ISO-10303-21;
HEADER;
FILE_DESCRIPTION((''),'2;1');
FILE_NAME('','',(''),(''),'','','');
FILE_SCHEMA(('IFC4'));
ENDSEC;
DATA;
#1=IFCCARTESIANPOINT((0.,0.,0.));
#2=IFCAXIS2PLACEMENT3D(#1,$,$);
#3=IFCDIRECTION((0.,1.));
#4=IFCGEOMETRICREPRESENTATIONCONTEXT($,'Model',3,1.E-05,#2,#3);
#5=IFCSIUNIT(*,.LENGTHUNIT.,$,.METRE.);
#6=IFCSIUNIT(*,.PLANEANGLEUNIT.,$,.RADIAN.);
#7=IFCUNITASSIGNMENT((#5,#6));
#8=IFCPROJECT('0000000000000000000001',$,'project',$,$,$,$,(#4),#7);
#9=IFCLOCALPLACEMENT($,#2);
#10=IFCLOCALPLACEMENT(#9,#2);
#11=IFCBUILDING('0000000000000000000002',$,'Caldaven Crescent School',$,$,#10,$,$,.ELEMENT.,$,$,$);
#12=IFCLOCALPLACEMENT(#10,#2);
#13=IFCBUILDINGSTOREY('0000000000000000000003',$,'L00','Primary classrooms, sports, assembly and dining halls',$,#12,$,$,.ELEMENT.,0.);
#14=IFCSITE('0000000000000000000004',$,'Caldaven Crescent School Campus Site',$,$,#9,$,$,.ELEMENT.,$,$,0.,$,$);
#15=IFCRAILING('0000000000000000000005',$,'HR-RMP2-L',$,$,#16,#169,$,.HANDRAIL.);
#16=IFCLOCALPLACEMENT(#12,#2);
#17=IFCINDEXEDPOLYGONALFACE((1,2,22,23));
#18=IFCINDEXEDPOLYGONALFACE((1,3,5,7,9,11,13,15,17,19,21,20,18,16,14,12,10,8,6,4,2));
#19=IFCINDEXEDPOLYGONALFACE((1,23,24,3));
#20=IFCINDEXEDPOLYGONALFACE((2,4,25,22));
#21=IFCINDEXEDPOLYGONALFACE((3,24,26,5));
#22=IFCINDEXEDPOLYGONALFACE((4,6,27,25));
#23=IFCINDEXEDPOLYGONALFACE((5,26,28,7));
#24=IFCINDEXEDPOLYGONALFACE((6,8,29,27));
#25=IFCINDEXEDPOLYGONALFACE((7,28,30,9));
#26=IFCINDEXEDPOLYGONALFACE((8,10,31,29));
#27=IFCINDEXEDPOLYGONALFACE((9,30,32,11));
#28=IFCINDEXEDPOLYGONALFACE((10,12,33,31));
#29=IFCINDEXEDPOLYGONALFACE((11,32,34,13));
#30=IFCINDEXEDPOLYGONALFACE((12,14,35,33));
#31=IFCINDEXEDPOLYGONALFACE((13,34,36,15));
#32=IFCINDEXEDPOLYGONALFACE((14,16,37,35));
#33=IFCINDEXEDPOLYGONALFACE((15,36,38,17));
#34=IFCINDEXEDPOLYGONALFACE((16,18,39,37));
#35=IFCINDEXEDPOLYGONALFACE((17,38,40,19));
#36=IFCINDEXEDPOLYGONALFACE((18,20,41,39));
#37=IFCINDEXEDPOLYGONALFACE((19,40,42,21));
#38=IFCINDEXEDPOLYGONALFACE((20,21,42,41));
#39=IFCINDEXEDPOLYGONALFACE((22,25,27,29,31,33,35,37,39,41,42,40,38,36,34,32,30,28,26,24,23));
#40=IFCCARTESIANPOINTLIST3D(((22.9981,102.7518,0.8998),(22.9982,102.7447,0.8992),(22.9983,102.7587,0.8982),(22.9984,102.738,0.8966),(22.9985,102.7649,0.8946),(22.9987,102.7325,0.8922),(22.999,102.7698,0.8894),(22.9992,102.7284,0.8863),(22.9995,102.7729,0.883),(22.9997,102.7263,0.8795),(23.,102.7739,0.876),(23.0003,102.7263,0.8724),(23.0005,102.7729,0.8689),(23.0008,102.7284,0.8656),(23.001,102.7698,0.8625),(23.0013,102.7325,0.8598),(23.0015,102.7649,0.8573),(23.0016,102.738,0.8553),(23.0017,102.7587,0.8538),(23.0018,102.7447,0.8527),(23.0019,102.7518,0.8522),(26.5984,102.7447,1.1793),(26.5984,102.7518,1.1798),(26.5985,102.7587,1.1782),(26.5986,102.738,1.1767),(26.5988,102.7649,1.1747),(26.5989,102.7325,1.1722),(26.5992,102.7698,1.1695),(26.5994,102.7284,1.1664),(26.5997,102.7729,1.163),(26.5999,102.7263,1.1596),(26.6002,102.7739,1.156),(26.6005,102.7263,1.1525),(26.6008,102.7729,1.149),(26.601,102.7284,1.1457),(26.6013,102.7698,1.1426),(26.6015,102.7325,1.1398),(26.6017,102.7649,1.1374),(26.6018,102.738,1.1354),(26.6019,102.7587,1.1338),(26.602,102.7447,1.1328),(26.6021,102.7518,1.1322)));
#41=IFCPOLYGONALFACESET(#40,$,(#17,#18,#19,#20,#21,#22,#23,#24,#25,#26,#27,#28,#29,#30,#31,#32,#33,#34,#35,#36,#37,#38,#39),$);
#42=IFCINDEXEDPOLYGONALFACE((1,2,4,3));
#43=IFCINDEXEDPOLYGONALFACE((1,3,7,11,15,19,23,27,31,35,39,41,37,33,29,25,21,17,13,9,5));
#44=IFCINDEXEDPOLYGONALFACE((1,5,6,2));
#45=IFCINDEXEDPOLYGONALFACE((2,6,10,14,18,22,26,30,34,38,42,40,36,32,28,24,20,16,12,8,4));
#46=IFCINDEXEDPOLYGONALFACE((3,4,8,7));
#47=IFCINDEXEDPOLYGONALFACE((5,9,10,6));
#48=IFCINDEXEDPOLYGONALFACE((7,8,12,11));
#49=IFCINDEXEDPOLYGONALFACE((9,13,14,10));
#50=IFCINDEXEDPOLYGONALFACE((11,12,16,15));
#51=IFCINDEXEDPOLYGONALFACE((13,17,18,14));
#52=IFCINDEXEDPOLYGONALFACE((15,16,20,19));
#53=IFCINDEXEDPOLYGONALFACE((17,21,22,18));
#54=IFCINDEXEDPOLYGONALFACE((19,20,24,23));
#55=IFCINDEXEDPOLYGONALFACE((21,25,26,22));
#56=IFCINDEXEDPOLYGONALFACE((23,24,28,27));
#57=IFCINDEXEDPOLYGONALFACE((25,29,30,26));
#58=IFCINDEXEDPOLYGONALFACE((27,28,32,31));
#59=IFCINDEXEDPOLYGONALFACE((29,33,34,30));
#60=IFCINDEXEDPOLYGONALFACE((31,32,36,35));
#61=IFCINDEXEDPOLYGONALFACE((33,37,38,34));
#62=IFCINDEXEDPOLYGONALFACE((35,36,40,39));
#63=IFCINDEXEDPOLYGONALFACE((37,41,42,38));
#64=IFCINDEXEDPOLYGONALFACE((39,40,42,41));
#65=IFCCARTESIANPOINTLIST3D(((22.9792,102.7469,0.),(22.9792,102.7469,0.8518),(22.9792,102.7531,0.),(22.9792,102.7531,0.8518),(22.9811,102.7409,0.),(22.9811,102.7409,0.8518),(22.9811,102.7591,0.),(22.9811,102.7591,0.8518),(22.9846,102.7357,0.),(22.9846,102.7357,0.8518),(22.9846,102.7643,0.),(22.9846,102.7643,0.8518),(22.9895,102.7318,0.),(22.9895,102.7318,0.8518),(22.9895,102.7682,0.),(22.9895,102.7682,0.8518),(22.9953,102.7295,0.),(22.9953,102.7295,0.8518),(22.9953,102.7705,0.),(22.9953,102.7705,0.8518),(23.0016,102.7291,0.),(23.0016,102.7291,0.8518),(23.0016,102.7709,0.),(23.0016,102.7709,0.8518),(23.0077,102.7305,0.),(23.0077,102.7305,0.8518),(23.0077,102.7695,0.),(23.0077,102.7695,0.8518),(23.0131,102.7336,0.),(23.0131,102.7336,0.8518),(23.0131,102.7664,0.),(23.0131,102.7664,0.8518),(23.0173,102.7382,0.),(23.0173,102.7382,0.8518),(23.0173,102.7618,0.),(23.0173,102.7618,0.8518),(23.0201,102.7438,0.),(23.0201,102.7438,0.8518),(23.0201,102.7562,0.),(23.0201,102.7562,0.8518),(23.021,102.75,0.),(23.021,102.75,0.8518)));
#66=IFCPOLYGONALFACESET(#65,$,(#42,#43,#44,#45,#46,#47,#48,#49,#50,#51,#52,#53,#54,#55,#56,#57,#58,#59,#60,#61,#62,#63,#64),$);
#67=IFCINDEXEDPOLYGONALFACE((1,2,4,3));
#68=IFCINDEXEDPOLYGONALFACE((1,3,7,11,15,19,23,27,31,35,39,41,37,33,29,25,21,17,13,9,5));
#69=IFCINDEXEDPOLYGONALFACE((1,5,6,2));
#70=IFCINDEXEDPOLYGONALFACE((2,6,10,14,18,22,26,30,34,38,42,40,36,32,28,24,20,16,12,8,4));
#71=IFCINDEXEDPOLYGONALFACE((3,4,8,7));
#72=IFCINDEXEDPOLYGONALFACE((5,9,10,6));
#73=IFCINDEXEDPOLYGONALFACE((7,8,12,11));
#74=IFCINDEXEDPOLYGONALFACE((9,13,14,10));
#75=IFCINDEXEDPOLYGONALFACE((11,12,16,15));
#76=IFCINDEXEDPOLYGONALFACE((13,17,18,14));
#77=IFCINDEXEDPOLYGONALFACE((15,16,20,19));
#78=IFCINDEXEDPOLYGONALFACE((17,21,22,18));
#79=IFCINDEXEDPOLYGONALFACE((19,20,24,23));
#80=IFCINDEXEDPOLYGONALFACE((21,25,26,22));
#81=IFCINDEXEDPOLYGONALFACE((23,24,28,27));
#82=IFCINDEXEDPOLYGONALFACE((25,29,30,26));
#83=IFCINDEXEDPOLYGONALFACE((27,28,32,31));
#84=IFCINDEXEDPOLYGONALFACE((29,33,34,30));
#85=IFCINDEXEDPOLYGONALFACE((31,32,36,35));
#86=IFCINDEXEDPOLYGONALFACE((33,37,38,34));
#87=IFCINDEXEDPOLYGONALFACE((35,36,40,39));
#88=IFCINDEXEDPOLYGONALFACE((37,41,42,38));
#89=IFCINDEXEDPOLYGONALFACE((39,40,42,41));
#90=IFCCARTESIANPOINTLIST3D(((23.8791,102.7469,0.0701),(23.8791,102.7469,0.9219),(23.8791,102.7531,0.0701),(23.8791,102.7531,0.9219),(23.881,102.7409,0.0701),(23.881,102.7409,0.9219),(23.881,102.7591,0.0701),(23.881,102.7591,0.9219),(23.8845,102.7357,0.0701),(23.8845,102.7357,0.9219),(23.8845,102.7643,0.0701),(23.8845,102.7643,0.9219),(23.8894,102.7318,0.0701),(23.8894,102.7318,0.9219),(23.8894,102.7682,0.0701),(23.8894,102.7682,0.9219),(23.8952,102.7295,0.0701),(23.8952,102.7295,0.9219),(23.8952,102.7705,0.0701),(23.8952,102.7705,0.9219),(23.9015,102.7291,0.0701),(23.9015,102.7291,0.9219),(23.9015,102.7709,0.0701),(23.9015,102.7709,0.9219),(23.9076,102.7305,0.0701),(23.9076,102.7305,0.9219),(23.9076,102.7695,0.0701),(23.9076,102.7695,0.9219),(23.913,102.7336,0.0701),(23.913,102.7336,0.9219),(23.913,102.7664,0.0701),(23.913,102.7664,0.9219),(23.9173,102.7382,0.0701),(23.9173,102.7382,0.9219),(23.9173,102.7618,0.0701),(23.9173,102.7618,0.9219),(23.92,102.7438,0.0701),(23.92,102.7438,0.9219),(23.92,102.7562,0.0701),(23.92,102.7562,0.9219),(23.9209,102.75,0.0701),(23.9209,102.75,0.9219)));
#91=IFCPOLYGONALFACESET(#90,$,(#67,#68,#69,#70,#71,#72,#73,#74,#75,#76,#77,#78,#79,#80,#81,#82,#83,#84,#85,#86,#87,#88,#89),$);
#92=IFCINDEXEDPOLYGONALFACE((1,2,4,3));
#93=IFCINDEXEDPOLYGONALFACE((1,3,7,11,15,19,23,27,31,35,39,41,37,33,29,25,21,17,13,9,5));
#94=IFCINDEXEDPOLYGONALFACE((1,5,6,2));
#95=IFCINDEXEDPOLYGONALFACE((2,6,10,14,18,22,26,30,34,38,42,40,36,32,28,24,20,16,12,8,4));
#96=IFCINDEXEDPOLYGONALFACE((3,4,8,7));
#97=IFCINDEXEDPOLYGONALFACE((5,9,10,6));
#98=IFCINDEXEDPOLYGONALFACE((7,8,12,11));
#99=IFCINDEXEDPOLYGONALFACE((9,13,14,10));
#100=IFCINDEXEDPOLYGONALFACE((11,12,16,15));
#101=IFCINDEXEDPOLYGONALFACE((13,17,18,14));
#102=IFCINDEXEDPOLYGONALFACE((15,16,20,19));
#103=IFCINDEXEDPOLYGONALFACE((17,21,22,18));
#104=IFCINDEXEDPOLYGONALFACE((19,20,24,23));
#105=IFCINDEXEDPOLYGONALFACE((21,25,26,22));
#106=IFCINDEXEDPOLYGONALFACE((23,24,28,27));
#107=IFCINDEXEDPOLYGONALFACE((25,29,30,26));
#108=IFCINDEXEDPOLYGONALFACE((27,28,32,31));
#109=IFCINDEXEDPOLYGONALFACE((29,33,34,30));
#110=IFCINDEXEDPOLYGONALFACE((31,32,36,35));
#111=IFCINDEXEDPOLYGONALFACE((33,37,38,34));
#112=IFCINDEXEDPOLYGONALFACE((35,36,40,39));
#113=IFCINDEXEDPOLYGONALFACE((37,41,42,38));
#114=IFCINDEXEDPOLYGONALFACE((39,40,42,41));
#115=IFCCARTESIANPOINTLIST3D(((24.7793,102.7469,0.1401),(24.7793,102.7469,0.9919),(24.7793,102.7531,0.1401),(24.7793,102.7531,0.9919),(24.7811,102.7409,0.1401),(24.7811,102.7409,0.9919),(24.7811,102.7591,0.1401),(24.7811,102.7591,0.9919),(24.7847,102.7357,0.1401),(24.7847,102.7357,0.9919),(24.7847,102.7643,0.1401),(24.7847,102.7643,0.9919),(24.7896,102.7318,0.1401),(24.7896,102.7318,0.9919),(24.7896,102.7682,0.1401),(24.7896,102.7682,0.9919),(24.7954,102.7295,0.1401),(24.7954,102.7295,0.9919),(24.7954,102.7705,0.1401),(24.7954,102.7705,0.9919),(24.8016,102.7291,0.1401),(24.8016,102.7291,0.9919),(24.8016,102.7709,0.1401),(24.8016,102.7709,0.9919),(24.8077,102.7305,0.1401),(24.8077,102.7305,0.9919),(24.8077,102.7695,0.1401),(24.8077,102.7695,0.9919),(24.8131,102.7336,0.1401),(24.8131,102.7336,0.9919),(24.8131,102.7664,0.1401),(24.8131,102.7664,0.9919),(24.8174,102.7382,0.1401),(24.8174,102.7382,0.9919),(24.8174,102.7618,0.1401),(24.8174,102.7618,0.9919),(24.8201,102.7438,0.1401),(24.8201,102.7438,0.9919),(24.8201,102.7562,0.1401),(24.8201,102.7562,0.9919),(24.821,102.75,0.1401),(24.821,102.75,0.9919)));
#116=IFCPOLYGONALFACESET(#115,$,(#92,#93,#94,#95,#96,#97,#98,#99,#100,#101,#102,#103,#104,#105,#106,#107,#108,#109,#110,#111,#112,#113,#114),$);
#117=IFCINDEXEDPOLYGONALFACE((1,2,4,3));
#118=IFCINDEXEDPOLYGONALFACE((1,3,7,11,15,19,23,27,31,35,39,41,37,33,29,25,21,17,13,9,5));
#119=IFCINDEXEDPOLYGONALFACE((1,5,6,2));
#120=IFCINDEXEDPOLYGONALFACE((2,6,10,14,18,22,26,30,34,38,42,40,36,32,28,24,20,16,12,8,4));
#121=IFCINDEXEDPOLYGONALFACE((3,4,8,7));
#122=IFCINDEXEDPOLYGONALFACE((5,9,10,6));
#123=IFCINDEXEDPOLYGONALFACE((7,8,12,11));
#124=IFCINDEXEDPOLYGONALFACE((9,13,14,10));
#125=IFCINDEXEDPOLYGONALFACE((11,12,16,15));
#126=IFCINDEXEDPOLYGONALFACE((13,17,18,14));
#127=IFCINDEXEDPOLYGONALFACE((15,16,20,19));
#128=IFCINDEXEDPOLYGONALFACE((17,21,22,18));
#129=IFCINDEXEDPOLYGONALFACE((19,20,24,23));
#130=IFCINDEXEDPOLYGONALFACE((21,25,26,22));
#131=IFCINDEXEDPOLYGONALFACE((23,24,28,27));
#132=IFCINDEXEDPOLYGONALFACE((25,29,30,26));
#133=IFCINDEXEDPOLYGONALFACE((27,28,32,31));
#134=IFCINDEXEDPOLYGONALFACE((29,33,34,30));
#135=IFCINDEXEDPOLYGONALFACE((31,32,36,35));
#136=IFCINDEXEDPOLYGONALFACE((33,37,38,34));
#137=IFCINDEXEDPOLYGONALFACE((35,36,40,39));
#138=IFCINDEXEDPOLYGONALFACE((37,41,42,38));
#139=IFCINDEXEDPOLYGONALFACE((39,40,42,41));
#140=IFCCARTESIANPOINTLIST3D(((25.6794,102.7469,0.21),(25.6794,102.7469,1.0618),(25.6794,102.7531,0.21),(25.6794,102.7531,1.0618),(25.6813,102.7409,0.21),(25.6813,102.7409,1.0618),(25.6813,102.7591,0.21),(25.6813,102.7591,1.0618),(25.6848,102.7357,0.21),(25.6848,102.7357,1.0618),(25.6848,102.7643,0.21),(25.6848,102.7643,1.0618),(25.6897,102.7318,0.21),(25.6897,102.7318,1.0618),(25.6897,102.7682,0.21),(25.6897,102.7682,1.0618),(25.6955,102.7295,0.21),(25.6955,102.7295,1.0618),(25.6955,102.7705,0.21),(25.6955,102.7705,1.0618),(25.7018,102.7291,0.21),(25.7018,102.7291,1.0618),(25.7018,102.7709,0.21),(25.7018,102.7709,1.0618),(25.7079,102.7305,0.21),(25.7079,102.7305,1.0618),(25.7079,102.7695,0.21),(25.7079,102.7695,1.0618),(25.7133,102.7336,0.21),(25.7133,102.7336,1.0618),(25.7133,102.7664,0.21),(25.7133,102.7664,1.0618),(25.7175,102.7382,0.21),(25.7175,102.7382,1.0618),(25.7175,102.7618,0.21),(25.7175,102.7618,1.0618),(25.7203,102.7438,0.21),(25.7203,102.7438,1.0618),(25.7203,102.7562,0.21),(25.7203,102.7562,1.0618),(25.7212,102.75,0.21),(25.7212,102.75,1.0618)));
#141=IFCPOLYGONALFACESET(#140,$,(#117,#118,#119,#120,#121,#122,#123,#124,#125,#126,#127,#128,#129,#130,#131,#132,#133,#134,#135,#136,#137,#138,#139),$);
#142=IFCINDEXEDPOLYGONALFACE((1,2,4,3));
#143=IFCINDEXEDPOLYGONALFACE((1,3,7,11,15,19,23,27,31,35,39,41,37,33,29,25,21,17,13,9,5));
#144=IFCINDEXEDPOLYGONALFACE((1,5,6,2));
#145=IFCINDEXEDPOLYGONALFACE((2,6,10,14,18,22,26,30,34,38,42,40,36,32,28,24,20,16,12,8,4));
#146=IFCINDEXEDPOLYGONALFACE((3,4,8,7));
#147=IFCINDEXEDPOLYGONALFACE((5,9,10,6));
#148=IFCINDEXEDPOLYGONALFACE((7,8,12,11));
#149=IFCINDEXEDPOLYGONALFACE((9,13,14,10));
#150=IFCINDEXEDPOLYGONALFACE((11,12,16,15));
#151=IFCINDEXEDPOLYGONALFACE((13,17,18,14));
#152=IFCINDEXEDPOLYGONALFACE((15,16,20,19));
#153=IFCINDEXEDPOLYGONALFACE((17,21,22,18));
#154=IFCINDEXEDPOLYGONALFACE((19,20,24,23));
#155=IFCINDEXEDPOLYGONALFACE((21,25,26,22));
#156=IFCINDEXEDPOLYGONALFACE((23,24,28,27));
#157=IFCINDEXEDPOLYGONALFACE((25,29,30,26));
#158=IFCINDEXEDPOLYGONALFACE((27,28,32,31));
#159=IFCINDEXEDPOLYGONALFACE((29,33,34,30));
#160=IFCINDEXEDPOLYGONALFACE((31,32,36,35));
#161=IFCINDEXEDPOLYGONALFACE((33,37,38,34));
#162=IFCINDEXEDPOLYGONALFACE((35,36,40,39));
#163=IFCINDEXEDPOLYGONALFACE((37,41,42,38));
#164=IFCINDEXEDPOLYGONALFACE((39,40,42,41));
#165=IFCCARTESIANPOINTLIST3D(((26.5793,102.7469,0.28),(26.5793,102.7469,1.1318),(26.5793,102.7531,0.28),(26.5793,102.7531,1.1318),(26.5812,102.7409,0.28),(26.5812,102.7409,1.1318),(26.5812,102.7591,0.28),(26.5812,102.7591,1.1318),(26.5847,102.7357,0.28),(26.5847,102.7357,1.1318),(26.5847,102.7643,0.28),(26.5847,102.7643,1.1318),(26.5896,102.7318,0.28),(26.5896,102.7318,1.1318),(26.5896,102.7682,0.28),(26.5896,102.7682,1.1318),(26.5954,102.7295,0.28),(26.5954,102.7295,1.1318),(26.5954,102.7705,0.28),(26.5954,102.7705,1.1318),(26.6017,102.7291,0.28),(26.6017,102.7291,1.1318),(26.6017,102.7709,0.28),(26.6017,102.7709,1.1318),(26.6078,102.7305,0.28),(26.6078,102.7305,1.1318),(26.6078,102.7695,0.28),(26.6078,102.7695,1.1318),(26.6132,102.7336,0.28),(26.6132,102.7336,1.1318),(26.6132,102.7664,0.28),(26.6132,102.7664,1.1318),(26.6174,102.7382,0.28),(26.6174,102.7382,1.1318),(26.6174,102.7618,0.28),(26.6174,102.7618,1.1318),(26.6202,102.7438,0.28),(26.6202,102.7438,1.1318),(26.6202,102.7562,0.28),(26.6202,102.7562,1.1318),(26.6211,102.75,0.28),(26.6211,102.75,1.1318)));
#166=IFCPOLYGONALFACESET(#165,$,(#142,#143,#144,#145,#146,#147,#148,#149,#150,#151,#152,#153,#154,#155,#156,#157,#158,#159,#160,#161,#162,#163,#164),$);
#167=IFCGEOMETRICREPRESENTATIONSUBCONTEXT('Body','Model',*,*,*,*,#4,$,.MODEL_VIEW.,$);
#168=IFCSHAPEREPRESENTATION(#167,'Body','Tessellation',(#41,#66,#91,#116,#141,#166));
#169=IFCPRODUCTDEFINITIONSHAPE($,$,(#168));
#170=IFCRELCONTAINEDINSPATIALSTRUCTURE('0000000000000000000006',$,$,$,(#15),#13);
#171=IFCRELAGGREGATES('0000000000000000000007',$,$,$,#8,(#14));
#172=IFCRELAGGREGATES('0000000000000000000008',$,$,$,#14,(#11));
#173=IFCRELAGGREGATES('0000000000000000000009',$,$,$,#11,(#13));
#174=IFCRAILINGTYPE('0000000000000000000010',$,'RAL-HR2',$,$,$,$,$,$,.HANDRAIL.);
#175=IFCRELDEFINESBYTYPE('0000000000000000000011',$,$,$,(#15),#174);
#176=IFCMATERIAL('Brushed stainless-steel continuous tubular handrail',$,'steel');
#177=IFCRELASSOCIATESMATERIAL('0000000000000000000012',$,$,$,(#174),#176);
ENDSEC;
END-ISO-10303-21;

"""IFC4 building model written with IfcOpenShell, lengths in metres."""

from ifc_helpers import new_model, si_unit, direction, frame, origin, origin_2d, place, context, subcontext, project, spatial, circle, extrude, material, type_object, element, save


model = new_model("IFC4")

# Units and contexts
model_context = context("Model", 3, precision=1e-05, world=origin(), true_north=direction((0.0, 1.0)))
body_context = subcontext(model_context, "Body", "Model", "MODEL_VIEW")
ifc_project = project(units=[si_unit("LENGTHUNIT", "METRE"), si_unit("PLANEANGLEUNIT", "RADIAN")], contexts=[model_context])

# Site, building, storey
site_placement = place(None, origin())
site = spatial("IfcSite", under=ifc_project, at=site_placement, Name="Caldaven Crescent School Campus Site", CompositionType="ELEMENT", RefElevation=0.0)
building_placement = place(site_placement, origin())
building = spatial("IfcBuilding", under=site, at=building_placement, Name="Caldaven Crescent School", CompositionType="ELEMENT")
storey_placement = place(building_placement, origin())
storey = spatial("IfcBuildingStorey", under=building, at=storey_placement, Name="L00", Description="Primary classrooms, sports, assembly and dining halls", CompositionType="ELEMENT", Elevation=0.0)

# Railing
ifc_material_1 = material(Name="Brushed stainless-steel continuous tubular handrail", Category="steel")
railing_type_1 = type_object("IfcRailingType", Name="RAL-HR2", PredefinedType="HANDRAIL", material=ifc_material_1)
railing_placement = place(storey_placement, frame((23.0, 102.75, 0.0)))
element("IfcRailing", 1, at=railing_placement, inside=storey, type_object=railing_type_1, Name="HR-RMP2-L", PredefinedType="HANDRAIL", context=body_context, shape_type="SweptSolid", body=[
    extrude(circle(Radius=0.0239, at=origin_2d()), frame((0.0, 0.0, 0.876), z_axis=(0.996988, 0.0, 0.07755), x_axis=(0.0, 1.0, 0.0)), (0.0, 0.0, 1.0), 3.6111),
    extrude(circle(Radius=0.021, at=origin_2d()), origin(), (0.0, 0.0, 1.0), 0.8518),
    extrude(circle(Radius=0.021, at=origin_2d()), frame((0.8999, 0.0, 0.0701)), (0.0, 0.0, 1.0), 0.8518),
    extrude(circle(Radius=0.021, at=origin_2d()), frame((1.8, 0.0, 0.1401)), (0.0, 0.0, 1.0), 0.8518),
    extrude(circle(Radius=0.021, at=origin_2d()), frame((2.7002, 0.0, 0.21)), (0.0, 0.0, 1.0), 0.8518),
    extrude(circle(Radius=0.021, at=origin_2d()), frame((3.6001, 0.0, 0.28)), (0.0, 0.0, 1.0), 0.8518),
])

save(model, "model.ifc")
